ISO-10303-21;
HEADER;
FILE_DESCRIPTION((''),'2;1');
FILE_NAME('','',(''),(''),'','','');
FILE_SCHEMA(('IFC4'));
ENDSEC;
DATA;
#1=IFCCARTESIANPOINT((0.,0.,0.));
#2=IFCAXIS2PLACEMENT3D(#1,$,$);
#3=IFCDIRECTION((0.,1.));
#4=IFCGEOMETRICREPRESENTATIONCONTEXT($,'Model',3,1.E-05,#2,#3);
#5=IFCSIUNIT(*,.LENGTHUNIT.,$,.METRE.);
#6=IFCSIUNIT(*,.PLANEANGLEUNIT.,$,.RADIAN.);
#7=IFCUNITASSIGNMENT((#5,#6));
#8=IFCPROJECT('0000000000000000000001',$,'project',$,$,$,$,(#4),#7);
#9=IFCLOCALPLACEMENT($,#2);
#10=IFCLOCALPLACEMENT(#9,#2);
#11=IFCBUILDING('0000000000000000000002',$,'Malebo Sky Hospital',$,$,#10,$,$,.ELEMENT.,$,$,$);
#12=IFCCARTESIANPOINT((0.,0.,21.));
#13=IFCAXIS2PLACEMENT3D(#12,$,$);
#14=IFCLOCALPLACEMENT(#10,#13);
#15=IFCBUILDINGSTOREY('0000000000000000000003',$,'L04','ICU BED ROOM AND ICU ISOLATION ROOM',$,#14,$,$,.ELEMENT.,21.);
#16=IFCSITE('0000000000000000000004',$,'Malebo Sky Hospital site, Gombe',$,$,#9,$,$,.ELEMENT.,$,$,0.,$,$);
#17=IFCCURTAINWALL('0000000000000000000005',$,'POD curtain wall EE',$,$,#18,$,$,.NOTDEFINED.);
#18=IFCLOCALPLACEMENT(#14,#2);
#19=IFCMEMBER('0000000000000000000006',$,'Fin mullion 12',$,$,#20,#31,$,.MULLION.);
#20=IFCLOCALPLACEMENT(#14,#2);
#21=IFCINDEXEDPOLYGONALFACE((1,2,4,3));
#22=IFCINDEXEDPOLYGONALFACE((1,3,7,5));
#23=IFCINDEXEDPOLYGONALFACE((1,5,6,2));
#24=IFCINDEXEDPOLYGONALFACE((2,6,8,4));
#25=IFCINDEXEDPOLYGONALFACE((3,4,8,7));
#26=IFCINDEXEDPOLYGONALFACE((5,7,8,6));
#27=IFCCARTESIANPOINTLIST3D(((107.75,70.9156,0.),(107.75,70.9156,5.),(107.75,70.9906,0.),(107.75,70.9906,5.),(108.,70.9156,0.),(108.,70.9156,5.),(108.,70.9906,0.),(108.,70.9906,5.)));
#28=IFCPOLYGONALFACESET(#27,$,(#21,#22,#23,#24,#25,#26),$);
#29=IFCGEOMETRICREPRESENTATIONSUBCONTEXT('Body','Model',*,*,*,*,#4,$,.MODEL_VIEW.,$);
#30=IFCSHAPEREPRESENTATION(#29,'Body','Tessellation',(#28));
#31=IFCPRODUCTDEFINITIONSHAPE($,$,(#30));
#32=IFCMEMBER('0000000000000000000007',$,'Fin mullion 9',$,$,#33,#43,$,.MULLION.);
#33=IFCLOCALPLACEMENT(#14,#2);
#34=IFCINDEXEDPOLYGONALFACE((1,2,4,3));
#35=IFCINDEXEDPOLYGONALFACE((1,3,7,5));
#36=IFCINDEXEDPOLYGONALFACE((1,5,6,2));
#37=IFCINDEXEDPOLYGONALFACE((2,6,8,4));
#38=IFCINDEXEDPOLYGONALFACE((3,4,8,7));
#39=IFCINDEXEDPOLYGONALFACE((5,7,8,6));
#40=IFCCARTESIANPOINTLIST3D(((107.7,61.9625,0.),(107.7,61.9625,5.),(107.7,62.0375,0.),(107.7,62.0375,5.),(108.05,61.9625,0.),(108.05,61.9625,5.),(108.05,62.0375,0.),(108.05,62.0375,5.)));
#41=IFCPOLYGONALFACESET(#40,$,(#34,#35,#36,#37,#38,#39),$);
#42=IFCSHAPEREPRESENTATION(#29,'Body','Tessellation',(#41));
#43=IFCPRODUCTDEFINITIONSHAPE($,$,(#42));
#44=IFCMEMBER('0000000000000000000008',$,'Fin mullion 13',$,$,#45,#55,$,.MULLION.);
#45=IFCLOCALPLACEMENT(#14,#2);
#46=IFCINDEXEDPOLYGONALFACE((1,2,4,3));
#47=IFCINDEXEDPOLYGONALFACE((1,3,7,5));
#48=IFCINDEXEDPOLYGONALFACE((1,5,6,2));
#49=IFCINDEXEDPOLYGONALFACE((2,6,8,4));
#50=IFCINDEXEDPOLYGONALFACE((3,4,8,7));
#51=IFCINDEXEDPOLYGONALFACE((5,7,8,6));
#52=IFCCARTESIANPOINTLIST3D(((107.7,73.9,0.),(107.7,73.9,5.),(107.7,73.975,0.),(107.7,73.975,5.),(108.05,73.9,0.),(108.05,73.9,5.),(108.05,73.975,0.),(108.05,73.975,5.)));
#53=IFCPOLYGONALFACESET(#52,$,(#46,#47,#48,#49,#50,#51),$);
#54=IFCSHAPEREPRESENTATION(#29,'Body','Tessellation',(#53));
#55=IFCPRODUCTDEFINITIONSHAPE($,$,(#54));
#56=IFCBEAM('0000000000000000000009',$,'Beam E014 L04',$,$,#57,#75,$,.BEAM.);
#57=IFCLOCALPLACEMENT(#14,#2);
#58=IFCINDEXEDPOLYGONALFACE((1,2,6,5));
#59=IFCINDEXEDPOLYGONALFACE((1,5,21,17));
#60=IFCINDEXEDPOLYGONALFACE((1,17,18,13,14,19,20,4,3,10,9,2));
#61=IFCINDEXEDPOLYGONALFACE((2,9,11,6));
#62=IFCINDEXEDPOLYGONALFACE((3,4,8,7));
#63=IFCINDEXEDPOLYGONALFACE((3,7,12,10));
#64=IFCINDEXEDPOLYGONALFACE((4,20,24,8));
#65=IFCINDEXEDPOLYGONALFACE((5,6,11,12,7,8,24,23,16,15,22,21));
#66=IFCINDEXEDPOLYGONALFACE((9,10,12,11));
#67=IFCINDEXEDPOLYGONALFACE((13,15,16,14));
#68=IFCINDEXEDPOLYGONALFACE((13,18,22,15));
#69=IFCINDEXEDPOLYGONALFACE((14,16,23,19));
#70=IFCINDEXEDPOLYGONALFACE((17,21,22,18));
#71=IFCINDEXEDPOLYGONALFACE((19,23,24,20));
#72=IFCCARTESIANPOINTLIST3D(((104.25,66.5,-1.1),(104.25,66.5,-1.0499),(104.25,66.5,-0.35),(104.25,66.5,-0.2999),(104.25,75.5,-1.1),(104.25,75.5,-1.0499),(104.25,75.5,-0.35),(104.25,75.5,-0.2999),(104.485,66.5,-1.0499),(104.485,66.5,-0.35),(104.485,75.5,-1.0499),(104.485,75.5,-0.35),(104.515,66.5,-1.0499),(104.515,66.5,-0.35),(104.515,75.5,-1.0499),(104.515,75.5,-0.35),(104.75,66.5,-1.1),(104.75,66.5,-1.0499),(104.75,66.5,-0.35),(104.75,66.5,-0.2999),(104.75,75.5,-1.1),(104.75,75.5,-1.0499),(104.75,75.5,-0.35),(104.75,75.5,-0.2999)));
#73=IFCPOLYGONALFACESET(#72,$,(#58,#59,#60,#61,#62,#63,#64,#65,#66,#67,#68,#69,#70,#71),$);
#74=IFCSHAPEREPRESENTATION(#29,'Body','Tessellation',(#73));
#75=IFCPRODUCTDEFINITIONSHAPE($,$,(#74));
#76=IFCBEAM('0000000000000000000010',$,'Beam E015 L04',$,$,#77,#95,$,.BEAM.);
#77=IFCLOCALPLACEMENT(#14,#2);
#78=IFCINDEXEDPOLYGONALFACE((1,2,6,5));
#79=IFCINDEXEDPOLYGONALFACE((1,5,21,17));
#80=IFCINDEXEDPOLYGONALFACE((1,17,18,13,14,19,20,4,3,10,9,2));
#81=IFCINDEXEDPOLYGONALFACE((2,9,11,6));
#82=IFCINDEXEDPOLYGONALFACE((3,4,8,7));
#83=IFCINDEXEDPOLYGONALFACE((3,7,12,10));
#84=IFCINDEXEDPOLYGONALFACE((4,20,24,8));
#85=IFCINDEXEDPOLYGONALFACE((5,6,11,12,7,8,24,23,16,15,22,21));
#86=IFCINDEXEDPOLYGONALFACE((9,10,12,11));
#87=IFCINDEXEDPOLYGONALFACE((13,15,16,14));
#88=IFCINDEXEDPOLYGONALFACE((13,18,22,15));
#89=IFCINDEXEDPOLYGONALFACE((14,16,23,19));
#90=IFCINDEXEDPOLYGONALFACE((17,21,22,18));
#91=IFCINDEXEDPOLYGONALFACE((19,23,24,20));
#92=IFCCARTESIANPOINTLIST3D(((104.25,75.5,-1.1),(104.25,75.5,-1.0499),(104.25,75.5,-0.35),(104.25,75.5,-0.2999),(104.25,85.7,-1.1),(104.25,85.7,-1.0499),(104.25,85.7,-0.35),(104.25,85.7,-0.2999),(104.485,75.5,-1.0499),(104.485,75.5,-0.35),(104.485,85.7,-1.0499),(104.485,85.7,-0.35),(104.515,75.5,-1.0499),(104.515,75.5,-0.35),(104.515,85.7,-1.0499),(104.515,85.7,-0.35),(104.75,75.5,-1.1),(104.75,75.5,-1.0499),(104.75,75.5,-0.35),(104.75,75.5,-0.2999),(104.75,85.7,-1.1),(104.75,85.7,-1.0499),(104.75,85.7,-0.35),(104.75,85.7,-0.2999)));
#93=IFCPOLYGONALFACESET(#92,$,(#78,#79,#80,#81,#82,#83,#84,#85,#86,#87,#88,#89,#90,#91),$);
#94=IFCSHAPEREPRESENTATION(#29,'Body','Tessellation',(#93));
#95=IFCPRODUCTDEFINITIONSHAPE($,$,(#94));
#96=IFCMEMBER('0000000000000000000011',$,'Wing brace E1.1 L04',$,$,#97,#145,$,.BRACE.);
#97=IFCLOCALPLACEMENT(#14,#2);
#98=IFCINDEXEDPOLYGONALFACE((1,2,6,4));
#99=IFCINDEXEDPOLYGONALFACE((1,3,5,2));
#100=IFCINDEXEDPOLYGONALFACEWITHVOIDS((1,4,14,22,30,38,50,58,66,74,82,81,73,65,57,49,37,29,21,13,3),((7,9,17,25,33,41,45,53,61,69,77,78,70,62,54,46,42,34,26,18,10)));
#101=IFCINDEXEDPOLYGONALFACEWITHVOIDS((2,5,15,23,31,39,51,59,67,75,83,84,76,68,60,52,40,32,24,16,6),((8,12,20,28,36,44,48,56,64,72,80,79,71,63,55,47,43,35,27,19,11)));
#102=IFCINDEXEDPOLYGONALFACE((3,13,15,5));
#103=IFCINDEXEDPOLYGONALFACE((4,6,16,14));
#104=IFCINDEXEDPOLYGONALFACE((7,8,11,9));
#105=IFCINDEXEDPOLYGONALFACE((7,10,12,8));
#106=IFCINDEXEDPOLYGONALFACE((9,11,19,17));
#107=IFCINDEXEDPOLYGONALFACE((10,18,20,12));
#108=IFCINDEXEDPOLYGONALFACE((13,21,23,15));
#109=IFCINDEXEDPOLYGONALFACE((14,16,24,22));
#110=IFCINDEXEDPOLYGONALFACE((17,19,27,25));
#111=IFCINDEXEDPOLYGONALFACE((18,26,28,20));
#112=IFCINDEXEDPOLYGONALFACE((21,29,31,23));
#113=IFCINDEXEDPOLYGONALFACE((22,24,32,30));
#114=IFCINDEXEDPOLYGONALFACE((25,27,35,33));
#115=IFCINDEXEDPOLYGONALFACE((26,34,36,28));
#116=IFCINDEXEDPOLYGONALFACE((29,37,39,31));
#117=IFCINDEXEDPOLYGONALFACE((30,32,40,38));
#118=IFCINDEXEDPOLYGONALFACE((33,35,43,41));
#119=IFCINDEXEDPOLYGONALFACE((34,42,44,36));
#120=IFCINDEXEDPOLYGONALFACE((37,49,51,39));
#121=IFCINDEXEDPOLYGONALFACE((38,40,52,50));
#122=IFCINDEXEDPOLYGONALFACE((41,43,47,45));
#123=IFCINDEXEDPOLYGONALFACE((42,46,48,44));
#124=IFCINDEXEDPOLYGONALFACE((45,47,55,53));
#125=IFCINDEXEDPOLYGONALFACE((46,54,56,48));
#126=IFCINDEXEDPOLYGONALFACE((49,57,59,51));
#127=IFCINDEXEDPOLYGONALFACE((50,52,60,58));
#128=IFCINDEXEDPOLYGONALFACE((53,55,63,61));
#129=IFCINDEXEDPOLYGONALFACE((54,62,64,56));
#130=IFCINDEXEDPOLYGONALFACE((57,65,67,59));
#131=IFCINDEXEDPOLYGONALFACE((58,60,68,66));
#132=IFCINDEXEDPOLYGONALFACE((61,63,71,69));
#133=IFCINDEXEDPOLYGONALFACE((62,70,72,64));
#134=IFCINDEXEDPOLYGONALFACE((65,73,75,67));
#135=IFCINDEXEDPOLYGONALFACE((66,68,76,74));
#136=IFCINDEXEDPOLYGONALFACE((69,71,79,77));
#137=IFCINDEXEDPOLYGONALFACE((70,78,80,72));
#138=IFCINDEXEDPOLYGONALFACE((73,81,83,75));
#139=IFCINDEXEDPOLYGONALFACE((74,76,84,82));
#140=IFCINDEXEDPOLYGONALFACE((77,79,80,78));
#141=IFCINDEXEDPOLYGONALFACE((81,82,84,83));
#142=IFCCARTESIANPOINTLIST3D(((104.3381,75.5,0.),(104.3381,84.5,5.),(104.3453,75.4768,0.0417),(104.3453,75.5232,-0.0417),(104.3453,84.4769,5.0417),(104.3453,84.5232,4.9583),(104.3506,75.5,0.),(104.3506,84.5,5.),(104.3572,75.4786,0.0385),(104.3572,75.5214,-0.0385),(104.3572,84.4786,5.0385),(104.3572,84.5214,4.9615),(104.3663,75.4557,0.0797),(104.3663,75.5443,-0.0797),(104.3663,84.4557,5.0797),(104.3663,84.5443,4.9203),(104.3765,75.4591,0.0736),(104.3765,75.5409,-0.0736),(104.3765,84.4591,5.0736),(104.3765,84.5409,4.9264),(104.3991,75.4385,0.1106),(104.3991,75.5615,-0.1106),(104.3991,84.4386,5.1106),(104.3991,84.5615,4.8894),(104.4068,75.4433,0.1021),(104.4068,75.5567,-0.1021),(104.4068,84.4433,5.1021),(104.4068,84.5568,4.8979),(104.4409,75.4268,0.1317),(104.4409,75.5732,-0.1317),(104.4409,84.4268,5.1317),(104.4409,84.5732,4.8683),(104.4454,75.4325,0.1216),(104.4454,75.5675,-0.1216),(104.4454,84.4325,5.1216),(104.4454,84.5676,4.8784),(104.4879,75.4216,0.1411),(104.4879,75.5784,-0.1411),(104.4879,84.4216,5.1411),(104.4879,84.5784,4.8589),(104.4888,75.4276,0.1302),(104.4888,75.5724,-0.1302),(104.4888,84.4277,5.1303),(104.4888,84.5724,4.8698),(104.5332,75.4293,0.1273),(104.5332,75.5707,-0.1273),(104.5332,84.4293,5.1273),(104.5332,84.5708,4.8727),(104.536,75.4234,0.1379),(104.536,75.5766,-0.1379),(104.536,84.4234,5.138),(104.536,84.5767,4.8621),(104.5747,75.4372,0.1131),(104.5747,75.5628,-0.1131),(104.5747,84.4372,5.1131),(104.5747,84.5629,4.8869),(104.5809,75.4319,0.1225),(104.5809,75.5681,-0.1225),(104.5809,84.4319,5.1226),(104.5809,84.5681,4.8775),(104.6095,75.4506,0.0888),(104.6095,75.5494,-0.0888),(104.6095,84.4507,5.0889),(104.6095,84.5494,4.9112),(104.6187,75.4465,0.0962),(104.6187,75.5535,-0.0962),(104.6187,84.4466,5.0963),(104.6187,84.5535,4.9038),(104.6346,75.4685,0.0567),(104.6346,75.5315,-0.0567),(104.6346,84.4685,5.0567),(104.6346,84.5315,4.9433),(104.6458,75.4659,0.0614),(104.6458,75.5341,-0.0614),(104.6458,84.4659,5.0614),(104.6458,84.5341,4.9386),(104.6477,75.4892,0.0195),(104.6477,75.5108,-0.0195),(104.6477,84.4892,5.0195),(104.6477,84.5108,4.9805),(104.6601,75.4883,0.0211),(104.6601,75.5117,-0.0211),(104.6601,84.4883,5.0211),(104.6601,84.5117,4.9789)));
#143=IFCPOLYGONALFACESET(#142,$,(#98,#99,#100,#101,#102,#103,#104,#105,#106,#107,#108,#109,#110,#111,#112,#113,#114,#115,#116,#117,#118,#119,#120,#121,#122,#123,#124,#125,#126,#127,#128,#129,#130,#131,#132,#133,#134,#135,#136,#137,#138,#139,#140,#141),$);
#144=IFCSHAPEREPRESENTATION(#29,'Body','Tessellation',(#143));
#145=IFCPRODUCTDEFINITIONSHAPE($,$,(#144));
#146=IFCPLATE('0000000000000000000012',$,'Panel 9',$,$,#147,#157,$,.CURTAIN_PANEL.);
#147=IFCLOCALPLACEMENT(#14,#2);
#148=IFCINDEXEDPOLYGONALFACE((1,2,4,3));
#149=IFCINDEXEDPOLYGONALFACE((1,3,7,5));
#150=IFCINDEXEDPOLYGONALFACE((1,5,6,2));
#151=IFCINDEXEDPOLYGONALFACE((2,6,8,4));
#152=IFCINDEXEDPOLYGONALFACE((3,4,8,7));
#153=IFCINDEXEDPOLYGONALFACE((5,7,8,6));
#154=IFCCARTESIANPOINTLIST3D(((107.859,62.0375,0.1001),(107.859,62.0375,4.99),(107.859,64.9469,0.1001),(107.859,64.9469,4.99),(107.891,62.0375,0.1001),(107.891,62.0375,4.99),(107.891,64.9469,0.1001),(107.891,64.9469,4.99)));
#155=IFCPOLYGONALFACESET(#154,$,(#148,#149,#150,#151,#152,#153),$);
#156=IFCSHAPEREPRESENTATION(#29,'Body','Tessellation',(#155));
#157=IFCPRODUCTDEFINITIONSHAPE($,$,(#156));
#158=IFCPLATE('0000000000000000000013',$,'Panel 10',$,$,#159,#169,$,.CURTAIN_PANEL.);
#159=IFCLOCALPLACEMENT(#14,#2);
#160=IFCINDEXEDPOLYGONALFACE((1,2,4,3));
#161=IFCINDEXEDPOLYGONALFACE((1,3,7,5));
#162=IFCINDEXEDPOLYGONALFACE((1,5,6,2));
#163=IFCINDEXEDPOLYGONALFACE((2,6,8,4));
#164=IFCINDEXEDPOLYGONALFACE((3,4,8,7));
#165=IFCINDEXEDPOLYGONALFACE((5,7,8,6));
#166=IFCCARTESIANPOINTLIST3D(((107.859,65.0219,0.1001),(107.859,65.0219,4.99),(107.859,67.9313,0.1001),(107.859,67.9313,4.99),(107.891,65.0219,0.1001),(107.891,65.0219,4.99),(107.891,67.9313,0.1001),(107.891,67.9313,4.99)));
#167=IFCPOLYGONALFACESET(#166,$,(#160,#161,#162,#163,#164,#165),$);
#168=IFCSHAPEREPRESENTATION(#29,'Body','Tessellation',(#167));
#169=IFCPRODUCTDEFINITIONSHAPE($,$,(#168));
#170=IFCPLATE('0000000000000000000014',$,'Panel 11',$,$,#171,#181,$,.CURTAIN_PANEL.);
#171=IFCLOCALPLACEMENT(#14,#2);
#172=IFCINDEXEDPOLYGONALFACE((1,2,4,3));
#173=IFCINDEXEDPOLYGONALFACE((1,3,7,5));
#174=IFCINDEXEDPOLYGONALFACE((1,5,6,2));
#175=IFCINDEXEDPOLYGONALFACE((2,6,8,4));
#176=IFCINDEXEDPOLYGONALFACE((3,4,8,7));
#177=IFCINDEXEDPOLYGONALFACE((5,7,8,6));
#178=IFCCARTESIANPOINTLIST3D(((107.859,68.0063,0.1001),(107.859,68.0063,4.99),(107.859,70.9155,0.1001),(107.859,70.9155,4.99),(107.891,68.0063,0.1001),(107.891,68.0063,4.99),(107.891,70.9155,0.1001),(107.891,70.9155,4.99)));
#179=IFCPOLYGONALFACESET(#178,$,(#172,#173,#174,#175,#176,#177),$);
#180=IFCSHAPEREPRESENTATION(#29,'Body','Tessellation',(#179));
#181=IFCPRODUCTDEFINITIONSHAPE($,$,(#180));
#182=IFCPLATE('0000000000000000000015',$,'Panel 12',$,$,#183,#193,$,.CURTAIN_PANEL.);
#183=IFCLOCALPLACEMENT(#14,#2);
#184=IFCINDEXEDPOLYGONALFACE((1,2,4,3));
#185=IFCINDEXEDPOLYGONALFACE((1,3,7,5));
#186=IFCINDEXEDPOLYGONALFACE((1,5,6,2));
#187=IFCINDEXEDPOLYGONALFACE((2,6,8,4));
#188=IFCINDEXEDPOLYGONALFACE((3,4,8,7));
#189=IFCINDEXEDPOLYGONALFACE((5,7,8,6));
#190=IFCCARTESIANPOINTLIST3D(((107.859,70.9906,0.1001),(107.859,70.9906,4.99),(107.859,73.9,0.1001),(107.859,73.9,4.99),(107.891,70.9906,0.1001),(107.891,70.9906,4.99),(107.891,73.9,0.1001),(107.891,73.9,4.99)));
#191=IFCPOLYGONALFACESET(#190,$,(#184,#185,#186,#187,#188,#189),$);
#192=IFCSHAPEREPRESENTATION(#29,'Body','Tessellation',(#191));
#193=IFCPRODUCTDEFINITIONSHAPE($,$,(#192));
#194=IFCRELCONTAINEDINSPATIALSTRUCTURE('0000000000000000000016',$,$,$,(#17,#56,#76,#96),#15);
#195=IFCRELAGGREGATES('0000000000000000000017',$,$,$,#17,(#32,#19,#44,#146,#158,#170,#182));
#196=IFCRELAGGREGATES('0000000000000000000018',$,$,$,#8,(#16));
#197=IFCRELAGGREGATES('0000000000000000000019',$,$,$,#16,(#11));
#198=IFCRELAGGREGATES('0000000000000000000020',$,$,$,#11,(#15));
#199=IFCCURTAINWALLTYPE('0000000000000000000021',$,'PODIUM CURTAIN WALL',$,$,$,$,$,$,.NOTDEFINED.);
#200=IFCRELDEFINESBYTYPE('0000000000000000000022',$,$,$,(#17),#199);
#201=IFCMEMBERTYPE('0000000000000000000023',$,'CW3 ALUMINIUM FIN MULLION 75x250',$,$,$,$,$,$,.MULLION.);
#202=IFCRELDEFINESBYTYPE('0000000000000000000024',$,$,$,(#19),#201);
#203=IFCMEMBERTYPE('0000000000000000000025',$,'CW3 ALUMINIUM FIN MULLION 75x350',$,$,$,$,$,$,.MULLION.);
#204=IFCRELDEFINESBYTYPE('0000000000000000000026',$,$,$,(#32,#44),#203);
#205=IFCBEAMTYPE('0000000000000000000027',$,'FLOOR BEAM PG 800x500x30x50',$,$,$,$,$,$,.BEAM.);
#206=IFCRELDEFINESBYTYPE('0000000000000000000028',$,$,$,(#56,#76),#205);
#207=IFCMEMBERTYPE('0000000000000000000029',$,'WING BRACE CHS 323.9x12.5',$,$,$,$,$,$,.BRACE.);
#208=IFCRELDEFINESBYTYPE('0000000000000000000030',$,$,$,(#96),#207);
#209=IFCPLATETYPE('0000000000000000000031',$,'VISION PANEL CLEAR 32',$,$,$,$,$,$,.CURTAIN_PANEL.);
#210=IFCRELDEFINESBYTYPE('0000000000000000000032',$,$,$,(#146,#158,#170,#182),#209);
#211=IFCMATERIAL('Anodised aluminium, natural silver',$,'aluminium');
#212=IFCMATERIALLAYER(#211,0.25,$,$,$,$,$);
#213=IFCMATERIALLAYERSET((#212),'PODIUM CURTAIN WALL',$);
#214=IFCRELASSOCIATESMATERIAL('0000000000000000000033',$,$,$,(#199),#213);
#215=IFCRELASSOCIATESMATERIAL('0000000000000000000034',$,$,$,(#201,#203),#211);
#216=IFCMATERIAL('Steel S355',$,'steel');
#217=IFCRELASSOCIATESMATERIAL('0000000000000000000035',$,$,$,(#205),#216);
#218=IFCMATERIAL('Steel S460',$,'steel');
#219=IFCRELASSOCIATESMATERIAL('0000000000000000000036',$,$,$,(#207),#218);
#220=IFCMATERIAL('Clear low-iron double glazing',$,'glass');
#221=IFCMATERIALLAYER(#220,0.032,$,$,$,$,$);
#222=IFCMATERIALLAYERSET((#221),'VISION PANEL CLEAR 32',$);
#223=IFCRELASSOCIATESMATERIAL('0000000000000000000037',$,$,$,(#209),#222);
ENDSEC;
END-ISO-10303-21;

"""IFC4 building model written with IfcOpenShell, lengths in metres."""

from ifc_helpers import new_model, si_unit, direction, frame, origin, origin_2d, place, context, subcontext, project, spatial, rectangle, hollow_circle, i_section, extrude, material, layer, layer_set, material_profile, profile_set, type_object, element, aggregate, save


model = new_model("IFC4")

# Units and contexts
model_context = context("Model", 3, precision=1e-05, world=origin(), true_north=direction((0.0, 1.0)))
body_context = subcontext(model_context, "Body", "Model", "MODEL_VIEW")
ifc_project = project(units=[si_unit("LENGTHUNIT", "METRE"), si_unit("PLANEANGLEUNIT", "RADIAN")], contexts=[model_context])

# Site, building, storey
site_placement = place(None, origin())
site = spatial("IfcSite", under=ifc_project, at=site_placement, Name="Malebo Sky Hospital site, Gombe", CompositionType="ELEMENT", RefElevation=0.0)
building_placement = place(site_placement, origin())
building = spatial("IfcBuilding", under=site, at=building_placement, Name="Malebo Sky Hospital", CompositionType="ELEMENT")
storey_placement = place(building_placement, frame((0.0, 0.0, 21.0)))
storey = spatial("IfcBuildingStorey", under=building, at=storey_placement, Name="L04", Description="ICU BED ROOM AND ICU ISOLATION ROOM", CompositionType="ELEMENT", Elevation=21.0)

# Shared definitions
ifc_material_1 = material(Name="Steel S355", Category="steel")

# Curtain wall, members
ifc_material_2 = material(Name="Anodised aluminium, natural silver", Category="aluminium")
ifc_layer_1 = layer(ifc_material_2, 0.25)
ifc_layer_set_1 = layer_set([ifc_layer_1], Name="PODIUM CURTAIN WALL")
curtain_wall_type = type_object("IfcCurtainWallType", Name="PODIUM CURTAIN WALL", PredefinedType="NOTDEFINED", material=ifc_layer_set_1)
curtain_wall_placement = place(storey_placement, origin())
curtain_wall = element("IfcCurtainWall", 1, at=curtain_wall_placement, inside=storey, type_object=curtain_wall_type, Name="POD curtain wall EE", PredefinedType="NOTDEFINED")
ifc_material_profile_1 = material_profile(ifc_material_2, rectangle(XDim=0.075, YDim=0.25, at=origin_2d()), Name="CW3 ALUMINIUM FIN MULLION 75x250")
ifc_profile_set_1 = profile_set([ifc_material_profile_1], Name="Anodised aluminium, natural silver")
member_type_1 = type_object("IfcMemberType", Name="CW3 ALUMINIUM FIN MULLION 75x250", PredefinedType="MULLION", material=ifc_profile_set_1)
member_1_placement = place(storey_placement, frame((107.875, 70.9531, 0.0), z_axis=(0.0, 0.0, 1.0), x_axis=(0.0, 1.0, 0.0)))
member_1 = element("IfcMember", 2, at=member_1_placement, type_object=member_type_1, Name="Fin mullion 12", PredefinedType="MULLION", context=body_context, shape_type="SweptSolid", body=[
    extrude(rectangle(XDim=0.075, YDim=0.25, at=origin_2d()), origin(), (0.0, 0.0, 1.0), 5.0),
])
ifc_material_profile_2 = material_profile(ifc_material_2, rectangle(XDim=0.075, YDim=0.3501, at=origin_2d()), Name="CW3 ALUMINIUM FIN MULLION 75x350")
ifc_profile_set_2 = profile_set([ifc_material_profile_2], Name="Anodised aluminium, natural silver")
member_type_2 = type_object("IfcMemberType", Name="CW3 ALUMINIUM FIN MULLION 75x350", PredefinedType="MULLION", material=ifc_profile_set_2)
member_2_placement = place(storey_placement, frame((107.875, 62.0, 0.0), z_axis=(0.0, 0.0, 1.0), x_axis=(0.0, 1.0, 0.0)))
member_2 = element("IfcMember", 3, at=member_2_placement, type_object=member_type_2, Name="Fin mullion 9", PredefinedType="MULLION", context=body_context, shape_type="SweptSolid", body=[
    extrude(rectangle(XDim=0.075, YDim=0.3501, at=origin_2d()), origin(), (0.0, 0.0, 1.0), 5.0),
])
member_3_placement = place(storey_placement, frame((107.875, 73.9375, 0.0), z_axis=(0.0, 0.0, 1.0), x_axis=(0.0, 1.0, 0.0)))
member_3 = element("IfcMember", 4, at=member_3_placement, type_object=member_type_2, Name="Fin mullion 13", PredefinedType="MULLION", context=body_context, shape_type="SweptSolid", body=[
    extrude(rectangle(XDim=0.075, YDim=0.3501, at=origin_2d()), origin(), (0.0, 0.0, 1.0), 5.0),
])

# Beams
ifc_material_profile_3 = material_profile(ifc_material_1, i_section(OverallWidth=0.5, OverallDepth=0.8, WebThickness=0.03, FlangeThickness=0.05, at=origin_2d()), Name="PG 800x500x30x50")
ifc_profile_set_3 = profile_set([ifc_material_profile_3], Name="Steel S355")
beam_type = type_object("IfcBeamType", Name="FLOOR BEAM PG 800x500x30x50", PredefinedType="BEAM", material=ifc_profile_set_3)
beam_1_placement = place(storey_placement, frame((104.5, 66.5, -0.7), z_axis=(0.0, 1.0, 0.0), x_axis=(-1.0, 0.0, 0.0)))
element("IfcBeam", 5, at=beam_1_placement, inside=storey, type_object=beam_type, Name="Beam E014 L04", PredefinedType="BEAM", context=body_context, shape_type="SweptSolid", body=[
    extrude(i_section(OverallWidth=0.5, OverallDepth=0.8, WebThickness=0.03, FlangeThickness=0.05, at=origin_2d()), origin(), (0.0, 0.0, 1.0), 9.0),
])
beam_2_placement = place(storey_placement, frame((104.5, 75.5, -0.7), z_axis=(0.0, 1.0, 0.0), x_axis=(-1.0, 0.0, 0.0)))
element("IfcBeam", 6, at=beam_2_placement, inside=storey, type_object=beam_type, Name="Beam E015 L04", PredefinedType="BEAM", context=body_context, shape_type="SweptSolid", body=[
    extrude(i_section(OverallWidth=0.5, OverallDepth=0.8, WebThickness=0.03, FlangeThickness=0.05, at=origin_2d()), origin(), (0.0, 0.0, 1.0), 10.2),
])

# Member
ifc_material_3 = material(Name="Steel S460", Category="steel")
ifc_material_profile_4 = material_profile(ifc_material_3, hollow_circle(Radius=0.1619, WallThickness=0.0125, at=origin_2d()), Name="CHS 323.9x12.5")
ifc_profile_set_4 = profile_set([ifc_material_profile_4], Name="Steel S460")
member_type_3 = type_object("IfcMemberType", Name="WING BRACE CHS 323.9x12.5", PredefinedType="BRACE", material=ifc_profile_set_4)
member_4_placement = place(storey_placement, frame((104.5, 75.5, 0.0), z_axis=(0.0, 0.874157, 0.485643), x_axis=(-1.0, 0.0, 0.0)))
element("IfcMember", 7, at=member_4_placement, inside=storey, type_object=member_type_3, Name="Wing brace E1.1 L04", PredefinedType="BRACE", context=body_context, shape_type="SweptSolid", body=[
    extrude(hollow_circle(Radius=0.1619, WallThickness=0.0125, at=origin_2d()), origin(), (0.0, 0.0, 1.0), 10.2957),
])

# Plates
ifc_material_4 = material(Name="Clear low-iron double glazing", Category="glass")
ifc_layer_2 = layer(ifc_material_4, 0.032)
ifc_layer_set_2 = layer_set([ifc_layer_2], Name="VISION PANEL CLEAR 32")
plate_type = type_object("IfcPlateType", Name="VISION PANEL CLEAR 32", PredefinedType="CURTAIN_PANEL", material=ifc_layer_set_2)
plate_1_placement = place(storey_placement, frame((107.875, 63.4922, 0.1001), z_axis=(0.0, 0.0, 1.0), x_axis=(0.0, 1.0, 0.0)))
plate_1 = element("IfcPlate", 8, at=plate_1_placement, type_object=plate_type, Name="Panel 9", PredefinedType="CURTAIN_PANEL", context=body_context, shape_type="SweptSolid", body=[
    extrude(rectangle(XDim=2.9094, YDim=0.032, at=origin_2d()), origin(), (0.0, 0.0, 1.0), 4.8899),
])
plate_2_placement = place(storey_placement, frame((107.875, 66.4766, 0.1001), z_axis=(0.0, 0.0, 1.0), x_axis=(0.0, 1.0, 0.0)))
plate_2 = element("IfcPlate", 9, at=plate_2_placement, type_object=plate_type, Name="Panel 10", PredefinedType="CURTAIN_PANEL", context=body_context, shape_type="SweptSolid", body=[
    extrude(rectangle(XDim=2.9094, YDim=0.032, at=origin_2d()), origin(), (0.0, 0.0, 1.0), 4.8899),
])
plate_3_placement = place(storey_placement, frame((107.875, 69.4609, 0.1001), z_axis=(0.0, 0.0, 1.0), x_axis=(0.0, 1.0, 0.0)))
plate_3 = element("IfcPlate", 10, at=plate_3_placement, type_object=plate_type, Name="Panel 11", PredefinedType="CURTAIN_PANEL", context=body_context, shape_type="SweptSolid", body=[
    extrude(rectangle(XDim=2.9092, YDim=0.032, at=origin_2d()), origin(), (0.0, 0.0, 1.0), 4.8899),
])
plate_4_placement = place(storey_placement, frame((107.875, 72.4453, 0.1001), z_axis=(0.0, 0.0, 1.0), x_axis=(0.0, 1.0, 0.0)))
plate_4 = element("IfcPlate", 11, at=plate_4_placement, type_object=plate_type, Name="Panel 12", PredefinedType="CURTAIN_PANEL", context=body_context, shape_type="SweptSolid", body=[
    extrude(rectangle(XDim=2.9094, YDim=0.032, at=origin_2d()), origin(), (0.0, 0.0, 1.0), 4.8899),
])
aggregate(curtain_wall, [member_2, member_1, member_3, plate_1, plate_2, plate_3, plate_4])

save(model, "model.ifc")
